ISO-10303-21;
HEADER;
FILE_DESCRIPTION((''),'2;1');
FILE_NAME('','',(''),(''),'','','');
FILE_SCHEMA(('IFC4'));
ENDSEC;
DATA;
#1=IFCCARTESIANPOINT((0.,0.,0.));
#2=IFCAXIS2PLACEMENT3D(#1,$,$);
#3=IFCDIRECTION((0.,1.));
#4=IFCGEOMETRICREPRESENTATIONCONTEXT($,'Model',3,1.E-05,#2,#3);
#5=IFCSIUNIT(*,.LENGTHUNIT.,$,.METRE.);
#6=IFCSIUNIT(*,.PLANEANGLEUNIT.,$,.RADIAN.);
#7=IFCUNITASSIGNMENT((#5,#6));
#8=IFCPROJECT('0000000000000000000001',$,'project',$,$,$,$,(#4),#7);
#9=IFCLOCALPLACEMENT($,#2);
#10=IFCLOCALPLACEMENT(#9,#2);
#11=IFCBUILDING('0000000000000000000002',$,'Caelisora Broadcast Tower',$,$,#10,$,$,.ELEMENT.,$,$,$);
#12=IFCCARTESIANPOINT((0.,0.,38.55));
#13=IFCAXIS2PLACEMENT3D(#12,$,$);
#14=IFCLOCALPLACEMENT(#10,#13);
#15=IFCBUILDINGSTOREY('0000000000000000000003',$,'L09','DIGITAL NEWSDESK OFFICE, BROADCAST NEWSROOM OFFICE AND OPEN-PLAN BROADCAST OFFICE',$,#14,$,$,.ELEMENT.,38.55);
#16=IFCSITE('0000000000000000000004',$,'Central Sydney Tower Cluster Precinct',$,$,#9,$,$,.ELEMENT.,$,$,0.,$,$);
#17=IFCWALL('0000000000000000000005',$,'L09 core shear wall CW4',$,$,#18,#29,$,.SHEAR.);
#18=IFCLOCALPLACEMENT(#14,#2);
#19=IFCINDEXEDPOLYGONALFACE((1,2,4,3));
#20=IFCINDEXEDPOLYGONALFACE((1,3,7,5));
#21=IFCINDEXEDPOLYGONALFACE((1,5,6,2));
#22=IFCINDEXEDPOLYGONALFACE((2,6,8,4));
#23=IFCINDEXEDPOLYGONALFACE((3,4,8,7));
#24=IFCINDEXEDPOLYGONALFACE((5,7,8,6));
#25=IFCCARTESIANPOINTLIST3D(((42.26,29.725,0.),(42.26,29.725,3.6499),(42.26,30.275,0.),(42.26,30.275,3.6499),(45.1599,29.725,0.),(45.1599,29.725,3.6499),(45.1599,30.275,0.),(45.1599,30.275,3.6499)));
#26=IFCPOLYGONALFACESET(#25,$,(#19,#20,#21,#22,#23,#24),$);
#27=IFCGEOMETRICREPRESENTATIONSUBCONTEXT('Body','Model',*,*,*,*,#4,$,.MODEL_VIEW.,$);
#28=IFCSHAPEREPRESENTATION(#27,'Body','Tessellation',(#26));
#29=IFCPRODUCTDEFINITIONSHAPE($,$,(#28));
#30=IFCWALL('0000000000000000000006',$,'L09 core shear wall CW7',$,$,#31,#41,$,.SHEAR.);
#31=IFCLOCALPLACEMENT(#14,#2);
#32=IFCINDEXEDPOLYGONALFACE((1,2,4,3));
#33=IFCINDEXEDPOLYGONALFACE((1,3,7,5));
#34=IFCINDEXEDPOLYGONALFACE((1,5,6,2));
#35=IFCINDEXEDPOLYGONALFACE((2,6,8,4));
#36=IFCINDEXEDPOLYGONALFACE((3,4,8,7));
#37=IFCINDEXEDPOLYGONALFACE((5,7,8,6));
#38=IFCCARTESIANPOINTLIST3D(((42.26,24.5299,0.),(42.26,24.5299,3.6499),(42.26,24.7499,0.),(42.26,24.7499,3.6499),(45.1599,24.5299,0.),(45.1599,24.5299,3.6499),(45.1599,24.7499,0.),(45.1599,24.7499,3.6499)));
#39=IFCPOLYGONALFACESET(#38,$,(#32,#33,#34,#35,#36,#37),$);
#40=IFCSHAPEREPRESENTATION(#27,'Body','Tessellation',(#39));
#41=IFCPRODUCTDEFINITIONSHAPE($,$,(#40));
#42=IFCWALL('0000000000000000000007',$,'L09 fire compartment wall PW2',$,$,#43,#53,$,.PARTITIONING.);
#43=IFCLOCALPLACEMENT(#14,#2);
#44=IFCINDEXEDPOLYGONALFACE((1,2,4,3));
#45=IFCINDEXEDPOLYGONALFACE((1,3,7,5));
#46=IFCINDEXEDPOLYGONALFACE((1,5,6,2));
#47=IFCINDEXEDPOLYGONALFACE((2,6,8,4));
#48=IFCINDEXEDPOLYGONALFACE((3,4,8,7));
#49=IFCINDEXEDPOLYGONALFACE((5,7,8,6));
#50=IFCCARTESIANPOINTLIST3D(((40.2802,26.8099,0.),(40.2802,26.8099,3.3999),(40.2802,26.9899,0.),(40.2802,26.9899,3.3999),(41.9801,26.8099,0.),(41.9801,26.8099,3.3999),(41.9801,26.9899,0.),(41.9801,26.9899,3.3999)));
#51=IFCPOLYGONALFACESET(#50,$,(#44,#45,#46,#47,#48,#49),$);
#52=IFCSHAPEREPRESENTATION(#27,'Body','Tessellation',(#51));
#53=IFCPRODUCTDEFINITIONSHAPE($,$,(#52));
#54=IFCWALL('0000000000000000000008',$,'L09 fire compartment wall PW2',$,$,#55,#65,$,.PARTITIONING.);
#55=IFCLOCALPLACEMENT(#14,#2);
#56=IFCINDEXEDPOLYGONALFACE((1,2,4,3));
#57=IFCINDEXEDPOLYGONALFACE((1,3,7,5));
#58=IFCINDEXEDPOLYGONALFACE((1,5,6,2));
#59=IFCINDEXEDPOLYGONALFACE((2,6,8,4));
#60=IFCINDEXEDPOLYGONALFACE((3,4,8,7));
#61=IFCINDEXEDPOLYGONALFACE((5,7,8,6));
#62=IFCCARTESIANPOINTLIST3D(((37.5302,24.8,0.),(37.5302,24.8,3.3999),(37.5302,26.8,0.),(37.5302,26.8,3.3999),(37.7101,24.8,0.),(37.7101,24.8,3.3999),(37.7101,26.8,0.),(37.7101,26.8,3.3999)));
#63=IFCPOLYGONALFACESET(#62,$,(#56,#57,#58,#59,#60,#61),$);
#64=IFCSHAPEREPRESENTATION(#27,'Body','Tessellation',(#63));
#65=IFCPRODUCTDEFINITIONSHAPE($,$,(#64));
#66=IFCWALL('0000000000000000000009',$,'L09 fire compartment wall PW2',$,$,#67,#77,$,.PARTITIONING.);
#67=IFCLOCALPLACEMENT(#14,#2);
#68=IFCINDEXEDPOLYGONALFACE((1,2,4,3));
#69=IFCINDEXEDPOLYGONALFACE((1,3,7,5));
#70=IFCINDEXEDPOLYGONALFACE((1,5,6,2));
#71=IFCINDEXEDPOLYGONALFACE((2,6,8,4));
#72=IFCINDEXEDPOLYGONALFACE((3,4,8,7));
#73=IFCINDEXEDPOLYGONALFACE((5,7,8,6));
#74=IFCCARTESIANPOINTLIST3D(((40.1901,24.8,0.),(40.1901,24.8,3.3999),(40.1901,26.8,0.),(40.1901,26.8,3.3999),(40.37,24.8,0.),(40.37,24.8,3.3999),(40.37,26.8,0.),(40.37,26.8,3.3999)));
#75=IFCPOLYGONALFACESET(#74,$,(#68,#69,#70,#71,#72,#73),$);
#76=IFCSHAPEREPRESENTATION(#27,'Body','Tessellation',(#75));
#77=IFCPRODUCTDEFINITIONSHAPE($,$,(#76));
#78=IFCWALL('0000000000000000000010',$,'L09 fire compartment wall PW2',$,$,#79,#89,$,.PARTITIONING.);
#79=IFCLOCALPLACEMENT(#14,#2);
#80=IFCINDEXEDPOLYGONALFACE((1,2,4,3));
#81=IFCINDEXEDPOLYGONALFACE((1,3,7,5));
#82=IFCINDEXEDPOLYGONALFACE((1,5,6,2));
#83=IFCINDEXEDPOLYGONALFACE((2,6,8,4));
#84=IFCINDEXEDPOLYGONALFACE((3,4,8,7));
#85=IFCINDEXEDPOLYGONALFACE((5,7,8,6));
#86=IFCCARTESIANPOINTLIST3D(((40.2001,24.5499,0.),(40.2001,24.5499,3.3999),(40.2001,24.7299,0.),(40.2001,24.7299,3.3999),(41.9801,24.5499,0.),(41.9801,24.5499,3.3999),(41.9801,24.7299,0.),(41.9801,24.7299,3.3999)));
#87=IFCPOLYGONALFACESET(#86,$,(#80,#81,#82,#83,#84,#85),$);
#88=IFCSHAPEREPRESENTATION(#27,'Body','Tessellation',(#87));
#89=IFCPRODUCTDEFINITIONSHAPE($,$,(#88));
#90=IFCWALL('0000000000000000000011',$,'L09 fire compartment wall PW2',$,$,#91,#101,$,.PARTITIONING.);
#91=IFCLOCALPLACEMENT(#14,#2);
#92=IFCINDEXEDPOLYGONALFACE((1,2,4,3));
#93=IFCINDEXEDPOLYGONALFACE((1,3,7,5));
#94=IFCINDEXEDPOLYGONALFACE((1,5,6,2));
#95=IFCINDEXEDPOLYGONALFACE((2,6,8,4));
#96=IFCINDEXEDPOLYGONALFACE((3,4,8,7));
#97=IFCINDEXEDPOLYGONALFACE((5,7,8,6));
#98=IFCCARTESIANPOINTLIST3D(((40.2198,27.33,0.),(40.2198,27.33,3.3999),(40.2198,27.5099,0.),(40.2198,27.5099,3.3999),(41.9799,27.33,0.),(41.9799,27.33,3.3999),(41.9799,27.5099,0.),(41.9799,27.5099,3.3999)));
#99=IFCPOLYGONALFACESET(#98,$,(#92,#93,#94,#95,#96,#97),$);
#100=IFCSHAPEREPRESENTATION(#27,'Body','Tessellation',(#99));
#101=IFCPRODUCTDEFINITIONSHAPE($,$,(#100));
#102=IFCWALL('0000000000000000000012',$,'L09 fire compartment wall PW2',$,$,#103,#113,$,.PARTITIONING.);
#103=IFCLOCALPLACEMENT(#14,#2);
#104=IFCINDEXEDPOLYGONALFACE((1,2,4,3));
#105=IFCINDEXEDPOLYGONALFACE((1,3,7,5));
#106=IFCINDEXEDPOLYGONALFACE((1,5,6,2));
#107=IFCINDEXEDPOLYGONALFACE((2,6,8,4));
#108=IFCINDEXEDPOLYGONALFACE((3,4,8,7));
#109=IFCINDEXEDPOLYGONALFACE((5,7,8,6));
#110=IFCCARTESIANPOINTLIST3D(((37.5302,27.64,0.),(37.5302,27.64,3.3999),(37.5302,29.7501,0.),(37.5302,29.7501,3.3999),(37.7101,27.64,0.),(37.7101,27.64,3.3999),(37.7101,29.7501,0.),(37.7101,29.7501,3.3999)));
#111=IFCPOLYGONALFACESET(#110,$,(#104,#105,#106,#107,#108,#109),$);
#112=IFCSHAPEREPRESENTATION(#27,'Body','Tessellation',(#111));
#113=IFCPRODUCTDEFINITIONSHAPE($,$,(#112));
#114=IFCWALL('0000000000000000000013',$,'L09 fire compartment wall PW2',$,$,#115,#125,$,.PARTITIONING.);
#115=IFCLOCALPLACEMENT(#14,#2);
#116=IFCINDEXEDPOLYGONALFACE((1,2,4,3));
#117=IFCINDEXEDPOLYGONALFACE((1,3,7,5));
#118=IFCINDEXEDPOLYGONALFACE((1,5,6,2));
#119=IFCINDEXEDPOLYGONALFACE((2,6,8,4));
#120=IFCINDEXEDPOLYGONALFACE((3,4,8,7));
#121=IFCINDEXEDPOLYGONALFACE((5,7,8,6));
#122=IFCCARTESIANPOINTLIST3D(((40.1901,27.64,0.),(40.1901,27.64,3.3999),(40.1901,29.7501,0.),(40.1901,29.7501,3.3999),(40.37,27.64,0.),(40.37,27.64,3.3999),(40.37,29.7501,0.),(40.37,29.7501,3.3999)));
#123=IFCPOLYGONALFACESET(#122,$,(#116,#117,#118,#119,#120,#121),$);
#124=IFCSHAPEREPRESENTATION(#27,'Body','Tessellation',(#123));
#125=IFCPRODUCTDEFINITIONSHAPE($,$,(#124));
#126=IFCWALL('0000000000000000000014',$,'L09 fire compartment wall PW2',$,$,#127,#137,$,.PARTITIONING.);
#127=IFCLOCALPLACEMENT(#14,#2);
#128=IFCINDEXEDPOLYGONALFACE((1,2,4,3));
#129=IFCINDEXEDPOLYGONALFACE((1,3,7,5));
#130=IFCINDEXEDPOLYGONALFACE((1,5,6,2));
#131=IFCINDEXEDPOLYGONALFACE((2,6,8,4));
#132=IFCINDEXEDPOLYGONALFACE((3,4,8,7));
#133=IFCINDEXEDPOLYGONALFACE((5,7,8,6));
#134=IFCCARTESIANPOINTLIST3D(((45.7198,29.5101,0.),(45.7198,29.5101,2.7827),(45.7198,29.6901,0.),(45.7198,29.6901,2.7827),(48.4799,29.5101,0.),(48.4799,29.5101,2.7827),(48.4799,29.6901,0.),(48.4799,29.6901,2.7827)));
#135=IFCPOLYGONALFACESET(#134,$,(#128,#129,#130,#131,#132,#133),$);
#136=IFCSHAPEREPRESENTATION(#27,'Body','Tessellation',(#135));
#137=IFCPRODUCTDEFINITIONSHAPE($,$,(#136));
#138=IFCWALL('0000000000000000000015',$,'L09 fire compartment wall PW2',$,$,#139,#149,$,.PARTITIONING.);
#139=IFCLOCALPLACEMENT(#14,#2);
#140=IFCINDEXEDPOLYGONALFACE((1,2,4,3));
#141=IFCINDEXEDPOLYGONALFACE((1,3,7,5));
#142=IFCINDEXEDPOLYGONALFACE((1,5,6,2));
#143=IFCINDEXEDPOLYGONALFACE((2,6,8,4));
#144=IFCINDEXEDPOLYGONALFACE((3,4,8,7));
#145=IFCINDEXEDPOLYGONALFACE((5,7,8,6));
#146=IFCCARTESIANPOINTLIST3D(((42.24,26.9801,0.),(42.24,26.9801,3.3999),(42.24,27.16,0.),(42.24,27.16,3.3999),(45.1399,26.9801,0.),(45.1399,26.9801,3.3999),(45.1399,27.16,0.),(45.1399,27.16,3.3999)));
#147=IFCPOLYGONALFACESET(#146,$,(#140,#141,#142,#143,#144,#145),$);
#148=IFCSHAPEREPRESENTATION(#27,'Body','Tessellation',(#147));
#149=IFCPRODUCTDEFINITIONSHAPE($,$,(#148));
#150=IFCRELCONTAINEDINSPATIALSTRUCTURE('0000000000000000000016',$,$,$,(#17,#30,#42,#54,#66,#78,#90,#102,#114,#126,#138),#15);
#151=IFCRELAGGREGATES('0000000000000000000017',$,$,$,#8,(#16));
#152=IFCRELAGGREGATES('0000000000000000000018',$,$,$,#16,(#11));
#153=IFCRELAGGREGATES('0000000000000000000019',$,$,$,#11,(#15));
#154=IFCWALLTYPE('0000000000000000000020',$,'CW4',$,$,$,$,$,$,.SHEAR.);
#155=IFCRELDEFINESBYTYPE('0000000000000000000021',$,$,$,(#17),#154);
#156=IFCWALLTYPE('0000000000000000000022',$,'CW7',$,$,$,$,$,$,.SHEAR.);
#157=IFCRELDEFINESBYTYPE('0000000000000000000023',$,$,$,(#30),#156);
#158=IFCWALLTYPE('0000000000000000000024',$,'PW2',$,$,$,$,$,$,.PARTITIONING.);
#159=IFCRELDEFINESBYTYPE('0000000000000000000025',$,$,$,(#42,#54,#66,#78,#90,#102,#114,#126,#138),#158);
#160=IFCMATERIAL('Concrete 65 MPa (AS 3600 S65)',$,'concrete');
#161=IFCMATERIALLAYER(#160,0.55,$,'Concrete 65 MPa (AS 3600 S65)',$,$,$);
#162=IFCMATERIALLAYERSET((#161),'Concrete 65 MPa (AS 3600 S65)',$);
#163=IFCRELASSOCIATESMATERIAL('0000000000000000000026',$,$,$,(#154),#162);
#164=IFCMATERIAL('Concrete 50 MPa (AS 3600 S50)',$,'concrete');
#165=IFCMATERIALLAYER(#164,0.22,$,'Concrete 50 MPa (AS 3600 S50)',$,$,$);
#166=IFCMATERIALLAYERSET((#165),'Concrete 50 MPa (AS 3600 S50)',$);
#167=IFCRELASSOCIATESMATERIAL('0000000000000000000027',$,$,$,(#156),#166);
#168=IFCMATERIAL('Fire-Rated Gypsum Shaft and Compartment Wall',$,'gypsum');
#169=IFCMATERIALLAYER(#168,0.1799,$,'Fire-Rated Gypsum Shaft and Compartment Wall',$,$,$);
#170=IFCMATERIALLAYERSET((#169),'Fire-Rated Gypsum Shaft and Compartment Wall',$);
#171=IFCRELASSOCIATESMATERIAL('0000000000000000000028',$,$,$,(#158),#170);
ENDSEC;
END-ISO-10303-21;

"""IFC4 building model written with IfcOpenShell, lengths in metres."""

from ifc_helpers import new_model, si_unit, direction, frame, frame_2d, origin, place, context, subcontext, project, spatial, rectangle, extrude, material, layer, layer_set, type_object, element, save


model = new_model("IFC4")

# Units and contexts
model_context = context("Model", 3, precision=1e-05, world=origin(), true_north=direction((0.0, 1.0)))
body_context = subcontext(model_context, "Body", "Model", "MODEL_VIEW")
ifc_project = project(units=[si_unit("LENGTHUNIT", "METRE"), si_unit("PLANEANGLEUNIT", "RADIAN")], contexts=[model_context])

# Site, building, storey
site_placement = place(None, origin())
site = spatial("IfcSite", under=ifc_project, at=site_placement, Name="Central Sydney Tower Cluster Precinct", CompositionType="ELEMENT", RefElevation=0.0)
building_placement = place(site_placement, origin())
building = spatial("IfcBuilding", under=site, at=building_placement, Name="Caelisora Broadcast Tower", CompositionType="ELEMENT")
storey_placement = place(building_placement, frame((0.0, 0.0, 38.55)))
storey = spatial("IfcBuildingStorey", under=building, at=storey_placement, Name="L09", Description="DIGITAL NEWSDESK OFFICE, BROADCAST NEWSROOM OFFICE AND OPEN-PLAN BROADCAST OFFICE", CompositionType="ELEMENT", Elevation=38.55)

# Shared definitions
ifc_material_1 = material(Name="Concrete 50 MPa (AS 3600 S50)", Category="concrete")

# Walls
ifc_material_2 = material(Name="Concrete 65 MPa (AS 3600 S65)", Category="concrete")
ifc_layer_1 = layer(ifc_material_2, 0.55, Name="Concrete 65 MPa (AS 3600 S65)")
ifc_layer_set_1 = layer_set([ifc_layer_1], Name="Concrete 65 MPa (AS 3600 S65)")
wall_type_1 = type_object("IfcWallType", Name="CW4", PredefinedType="SHEAR", material=ifc_layer_set_1)
wall_1_placement = place(storey_placement, frame((42.26, 30.0, 0.0), z_axis=(0.0, 0.0, 1.0), x_axis=(1.0, 0.0, 0.0)))
element("IfcWall", 1, at=wall_1_placement, inside=storey, type_object=wall_type_1, Name="L09 core shear wall CW4", PredefinedType="SHEAR", context=body_context, shape_type="SweptSolid", body=[
    extrude(rectangle(XDim=2.8999, YDim=0.55, at=frame_2d((1.45, 0.0))), origin(), (0.0, 0.0, 1.0), 3.6499),
])
ifc_layer_2 = layer(ifc_material_1, 0.22, Name="Concrete 50 MPa (AS 3600 S50)")
ifc_layer_set_2 = layer_set([ifc_layer_2], Name="Concrete 50 MPa (AS 3600 S50)")
wall_type_2 = type_object("IfcWallType", Name="CW7", PredefinedType="SHEAR", material=ifc_layer_set_2)
wall_2_placement = place(storey_placement, frame((42.26, 24.6399, 0.0), z_axis=(0.0, 0.0, 1.0), x_axis=(1.0, 0.0, 0.0)))
element("IfcWall", 2, at=wall_2_placement, inside=storey, type_object=wall_type_2, Name="L09 core shear wall CW7", PredefinedType="SHEAR", context=body_context, shape_type="SweptSolid", body=[
    extrude(rectangle(XDim=2.8999, YDim=0.22, at=frame_2d((1.45, 0.0))), origin(), (0.0, 0.0, 1.0), 3.6499),
])
ifc_material_3 = material(Name="Fire-Rated Gypsum Shaft and Compartment Wall", Category="gypsum")
ifc_layer_3 = layer(ifc_material_3, 0.1799, Name="Fire-Rated Gypsum Shaft and Compartment Wall")
ifc_layer_set_3 = layer_set([ifc_layer_3], Name="Fire-Rated Gypsum Shaft and Compartment Wall")
wall_type_3 = type_object("IfcWallType", Name="PW2", PredefinedType="PARTITIONING", material=ifc_layer_set_3)
wall_3_placement = place(storey_placement, frame((40.28, 26.8999, 0.0), z_axis=(0.0, 0.0, 1.0), x_axis=(1.0, 0.0, 0.0)))
element("IfcWall", 3, at=wall_3_placement, inside=storey, type_object=wall_type_3, Name="L09 fire compartment wall PW2", PredefinedType="PARTITIONING", context=body_context, shape_type="SweptSolid", body=[
    extrude(rectangle(XDim=1.7, YDim=0.1799, at=frame_2d((0.8501, 0.0))), origin(), (0.0, 0.0, 1.0), 3.3999),
])
for number, where, z_axis, x_axis, name in (
    (4, (37.6201, 24.8, 0.0), (0.0, 0.0, 1.0), (0.0, 1.0, 0.0), "L09 fire compartment wall PW2"),
    (5, (40.28, 24.8, 0.0), (0.0, 0.0, 1.0), (0.0, 1.0, 0.0), "L09 fire compartment wall PW2"),
):
    element("IfcWall", number, at=place(storey_placement, frame(where, z_axis=z_axis, x_axis=x_axis)), inside=storey, type_object=wall_type_3, Name=name, PredefinedType="PARTITIONING", context=body_context, shape_type="SweptSolid", body=[
        extrude(rectangle(XDim=2.0, YDim=0.1799, at=frame_2d((1.0, 0.0))), origin(), (0.0, 0.0, 1.0), 3.3999),
    ])
wall_4_placement = place(storey_placement, frame((40.2, 24.6399, 0.0), z_axis=(0.0, 0.0, 1.0), x_axis=(1.0, 0.0, 0.0)))
element("IfcWall", 6, at=wall_4_placement, inside=storey, type_object=wall_type_3, Name="L09 fire compartment wall PW2", PredefinedType="PARTITIONING", context=body_context, shape_type="SweptSolid", body=[
    extrude(rectangle(XDim=1.78, YDim=0.1799, at=frame_2d((0.8901, 0.0))), origin(), (0.0, 0.0, 1.0), 3.3999),
])
wall_5_placement = place(storey_placement, frame((40.22, 27.4199, 0.0), z_axis=(0.0, 0.0, 1.0), x_axis=(1.0, 0.0, 0.0)))
element("IfcWall", 7, at=wall_5_placement, inside=storey, type_object=wall_type_3, Name="L09 fire compartment wall PW2", PredefinedType="PARTITIONING", context=body_context, shape_type="SweptSolid", body=[
    extrude(rectangle(XDim=1.76, YDim=0.1799, at=frame_2d((0.8799, 0.0))), origin(), (0.0, 0.0, 1.0), 3.3999),
])
for number, where, z_axis, x_axis, name in (
    (8, (37.6201, 27.6399, 0.0), (0.0, 0.0, 1.0), (0.0, 1.0, 0.0), "L09 fire compartment wall PW2"),
    (9, (40.28, 27.6399, 0.0), (0.0, 0.0, 1.0), (0.0, 1.0, 0.0), "L09 fire compartment wall PW2"),
):
    element("IfcWall", number, at=place(storey_placement, frame(where, z_axis=z_axis, x_axis=x_axis)), inside=storey, type_object=wall_type_3, Name=name, PredefinedType="PARTITIONING", context=body_context, shape_type="SweptSolid", body=[
        extrude(rectangle(XDim=2.1101, YDim=0.1799, at=frame_2d((1.0552, 0.0))), origin(), (0.0, 0.0, 1.0), 3.3999),
    ])
wall_6_placement = place(storey_placement, frame((45.72, 29.6001, 0.0), z_axis=(0.0, 0.0, 1.0), x_axis=(1.0, 0.0, 0.0)))
element("IfcWall", 10, at=wall_6_placement, inside=storey, type_object=wall_type_3, Name="L09 fire compartment wall PW2", PredefinedType="PARTITIONING", context=body_context, shape_type="SweptSolid", body=[
    extrude(rectangle(XDim=2.76, YDim=0.1799, at=frame_2d((1.3799, 0.0))), origin(), (0.0, 0.0, 1.0), 2.7827),
])
wall_7_placement = place(storey_placement, frame((42.24, 27.0701, 0.0), z_axis=(0.0, 0.0, 1.0), x_axis=(1.0, 0.0, 0.0)))
element("IfcWall", 11, at=wall_7_placement, inside=storey, type_object=wall_type_3, Name="L09 fire compartment wall PW2", PredefinedType="PARTITIONING", context=body_context, shape_type="SweptSolid", body=[
    extrude(rectangle(XDim=2.8999, YDim=0.1799, at=frame_2d((1.45, 0.0))), origin(), (0.0, 0.0, 1.0), 3.3999),
])

save(model, "model.ifc")
